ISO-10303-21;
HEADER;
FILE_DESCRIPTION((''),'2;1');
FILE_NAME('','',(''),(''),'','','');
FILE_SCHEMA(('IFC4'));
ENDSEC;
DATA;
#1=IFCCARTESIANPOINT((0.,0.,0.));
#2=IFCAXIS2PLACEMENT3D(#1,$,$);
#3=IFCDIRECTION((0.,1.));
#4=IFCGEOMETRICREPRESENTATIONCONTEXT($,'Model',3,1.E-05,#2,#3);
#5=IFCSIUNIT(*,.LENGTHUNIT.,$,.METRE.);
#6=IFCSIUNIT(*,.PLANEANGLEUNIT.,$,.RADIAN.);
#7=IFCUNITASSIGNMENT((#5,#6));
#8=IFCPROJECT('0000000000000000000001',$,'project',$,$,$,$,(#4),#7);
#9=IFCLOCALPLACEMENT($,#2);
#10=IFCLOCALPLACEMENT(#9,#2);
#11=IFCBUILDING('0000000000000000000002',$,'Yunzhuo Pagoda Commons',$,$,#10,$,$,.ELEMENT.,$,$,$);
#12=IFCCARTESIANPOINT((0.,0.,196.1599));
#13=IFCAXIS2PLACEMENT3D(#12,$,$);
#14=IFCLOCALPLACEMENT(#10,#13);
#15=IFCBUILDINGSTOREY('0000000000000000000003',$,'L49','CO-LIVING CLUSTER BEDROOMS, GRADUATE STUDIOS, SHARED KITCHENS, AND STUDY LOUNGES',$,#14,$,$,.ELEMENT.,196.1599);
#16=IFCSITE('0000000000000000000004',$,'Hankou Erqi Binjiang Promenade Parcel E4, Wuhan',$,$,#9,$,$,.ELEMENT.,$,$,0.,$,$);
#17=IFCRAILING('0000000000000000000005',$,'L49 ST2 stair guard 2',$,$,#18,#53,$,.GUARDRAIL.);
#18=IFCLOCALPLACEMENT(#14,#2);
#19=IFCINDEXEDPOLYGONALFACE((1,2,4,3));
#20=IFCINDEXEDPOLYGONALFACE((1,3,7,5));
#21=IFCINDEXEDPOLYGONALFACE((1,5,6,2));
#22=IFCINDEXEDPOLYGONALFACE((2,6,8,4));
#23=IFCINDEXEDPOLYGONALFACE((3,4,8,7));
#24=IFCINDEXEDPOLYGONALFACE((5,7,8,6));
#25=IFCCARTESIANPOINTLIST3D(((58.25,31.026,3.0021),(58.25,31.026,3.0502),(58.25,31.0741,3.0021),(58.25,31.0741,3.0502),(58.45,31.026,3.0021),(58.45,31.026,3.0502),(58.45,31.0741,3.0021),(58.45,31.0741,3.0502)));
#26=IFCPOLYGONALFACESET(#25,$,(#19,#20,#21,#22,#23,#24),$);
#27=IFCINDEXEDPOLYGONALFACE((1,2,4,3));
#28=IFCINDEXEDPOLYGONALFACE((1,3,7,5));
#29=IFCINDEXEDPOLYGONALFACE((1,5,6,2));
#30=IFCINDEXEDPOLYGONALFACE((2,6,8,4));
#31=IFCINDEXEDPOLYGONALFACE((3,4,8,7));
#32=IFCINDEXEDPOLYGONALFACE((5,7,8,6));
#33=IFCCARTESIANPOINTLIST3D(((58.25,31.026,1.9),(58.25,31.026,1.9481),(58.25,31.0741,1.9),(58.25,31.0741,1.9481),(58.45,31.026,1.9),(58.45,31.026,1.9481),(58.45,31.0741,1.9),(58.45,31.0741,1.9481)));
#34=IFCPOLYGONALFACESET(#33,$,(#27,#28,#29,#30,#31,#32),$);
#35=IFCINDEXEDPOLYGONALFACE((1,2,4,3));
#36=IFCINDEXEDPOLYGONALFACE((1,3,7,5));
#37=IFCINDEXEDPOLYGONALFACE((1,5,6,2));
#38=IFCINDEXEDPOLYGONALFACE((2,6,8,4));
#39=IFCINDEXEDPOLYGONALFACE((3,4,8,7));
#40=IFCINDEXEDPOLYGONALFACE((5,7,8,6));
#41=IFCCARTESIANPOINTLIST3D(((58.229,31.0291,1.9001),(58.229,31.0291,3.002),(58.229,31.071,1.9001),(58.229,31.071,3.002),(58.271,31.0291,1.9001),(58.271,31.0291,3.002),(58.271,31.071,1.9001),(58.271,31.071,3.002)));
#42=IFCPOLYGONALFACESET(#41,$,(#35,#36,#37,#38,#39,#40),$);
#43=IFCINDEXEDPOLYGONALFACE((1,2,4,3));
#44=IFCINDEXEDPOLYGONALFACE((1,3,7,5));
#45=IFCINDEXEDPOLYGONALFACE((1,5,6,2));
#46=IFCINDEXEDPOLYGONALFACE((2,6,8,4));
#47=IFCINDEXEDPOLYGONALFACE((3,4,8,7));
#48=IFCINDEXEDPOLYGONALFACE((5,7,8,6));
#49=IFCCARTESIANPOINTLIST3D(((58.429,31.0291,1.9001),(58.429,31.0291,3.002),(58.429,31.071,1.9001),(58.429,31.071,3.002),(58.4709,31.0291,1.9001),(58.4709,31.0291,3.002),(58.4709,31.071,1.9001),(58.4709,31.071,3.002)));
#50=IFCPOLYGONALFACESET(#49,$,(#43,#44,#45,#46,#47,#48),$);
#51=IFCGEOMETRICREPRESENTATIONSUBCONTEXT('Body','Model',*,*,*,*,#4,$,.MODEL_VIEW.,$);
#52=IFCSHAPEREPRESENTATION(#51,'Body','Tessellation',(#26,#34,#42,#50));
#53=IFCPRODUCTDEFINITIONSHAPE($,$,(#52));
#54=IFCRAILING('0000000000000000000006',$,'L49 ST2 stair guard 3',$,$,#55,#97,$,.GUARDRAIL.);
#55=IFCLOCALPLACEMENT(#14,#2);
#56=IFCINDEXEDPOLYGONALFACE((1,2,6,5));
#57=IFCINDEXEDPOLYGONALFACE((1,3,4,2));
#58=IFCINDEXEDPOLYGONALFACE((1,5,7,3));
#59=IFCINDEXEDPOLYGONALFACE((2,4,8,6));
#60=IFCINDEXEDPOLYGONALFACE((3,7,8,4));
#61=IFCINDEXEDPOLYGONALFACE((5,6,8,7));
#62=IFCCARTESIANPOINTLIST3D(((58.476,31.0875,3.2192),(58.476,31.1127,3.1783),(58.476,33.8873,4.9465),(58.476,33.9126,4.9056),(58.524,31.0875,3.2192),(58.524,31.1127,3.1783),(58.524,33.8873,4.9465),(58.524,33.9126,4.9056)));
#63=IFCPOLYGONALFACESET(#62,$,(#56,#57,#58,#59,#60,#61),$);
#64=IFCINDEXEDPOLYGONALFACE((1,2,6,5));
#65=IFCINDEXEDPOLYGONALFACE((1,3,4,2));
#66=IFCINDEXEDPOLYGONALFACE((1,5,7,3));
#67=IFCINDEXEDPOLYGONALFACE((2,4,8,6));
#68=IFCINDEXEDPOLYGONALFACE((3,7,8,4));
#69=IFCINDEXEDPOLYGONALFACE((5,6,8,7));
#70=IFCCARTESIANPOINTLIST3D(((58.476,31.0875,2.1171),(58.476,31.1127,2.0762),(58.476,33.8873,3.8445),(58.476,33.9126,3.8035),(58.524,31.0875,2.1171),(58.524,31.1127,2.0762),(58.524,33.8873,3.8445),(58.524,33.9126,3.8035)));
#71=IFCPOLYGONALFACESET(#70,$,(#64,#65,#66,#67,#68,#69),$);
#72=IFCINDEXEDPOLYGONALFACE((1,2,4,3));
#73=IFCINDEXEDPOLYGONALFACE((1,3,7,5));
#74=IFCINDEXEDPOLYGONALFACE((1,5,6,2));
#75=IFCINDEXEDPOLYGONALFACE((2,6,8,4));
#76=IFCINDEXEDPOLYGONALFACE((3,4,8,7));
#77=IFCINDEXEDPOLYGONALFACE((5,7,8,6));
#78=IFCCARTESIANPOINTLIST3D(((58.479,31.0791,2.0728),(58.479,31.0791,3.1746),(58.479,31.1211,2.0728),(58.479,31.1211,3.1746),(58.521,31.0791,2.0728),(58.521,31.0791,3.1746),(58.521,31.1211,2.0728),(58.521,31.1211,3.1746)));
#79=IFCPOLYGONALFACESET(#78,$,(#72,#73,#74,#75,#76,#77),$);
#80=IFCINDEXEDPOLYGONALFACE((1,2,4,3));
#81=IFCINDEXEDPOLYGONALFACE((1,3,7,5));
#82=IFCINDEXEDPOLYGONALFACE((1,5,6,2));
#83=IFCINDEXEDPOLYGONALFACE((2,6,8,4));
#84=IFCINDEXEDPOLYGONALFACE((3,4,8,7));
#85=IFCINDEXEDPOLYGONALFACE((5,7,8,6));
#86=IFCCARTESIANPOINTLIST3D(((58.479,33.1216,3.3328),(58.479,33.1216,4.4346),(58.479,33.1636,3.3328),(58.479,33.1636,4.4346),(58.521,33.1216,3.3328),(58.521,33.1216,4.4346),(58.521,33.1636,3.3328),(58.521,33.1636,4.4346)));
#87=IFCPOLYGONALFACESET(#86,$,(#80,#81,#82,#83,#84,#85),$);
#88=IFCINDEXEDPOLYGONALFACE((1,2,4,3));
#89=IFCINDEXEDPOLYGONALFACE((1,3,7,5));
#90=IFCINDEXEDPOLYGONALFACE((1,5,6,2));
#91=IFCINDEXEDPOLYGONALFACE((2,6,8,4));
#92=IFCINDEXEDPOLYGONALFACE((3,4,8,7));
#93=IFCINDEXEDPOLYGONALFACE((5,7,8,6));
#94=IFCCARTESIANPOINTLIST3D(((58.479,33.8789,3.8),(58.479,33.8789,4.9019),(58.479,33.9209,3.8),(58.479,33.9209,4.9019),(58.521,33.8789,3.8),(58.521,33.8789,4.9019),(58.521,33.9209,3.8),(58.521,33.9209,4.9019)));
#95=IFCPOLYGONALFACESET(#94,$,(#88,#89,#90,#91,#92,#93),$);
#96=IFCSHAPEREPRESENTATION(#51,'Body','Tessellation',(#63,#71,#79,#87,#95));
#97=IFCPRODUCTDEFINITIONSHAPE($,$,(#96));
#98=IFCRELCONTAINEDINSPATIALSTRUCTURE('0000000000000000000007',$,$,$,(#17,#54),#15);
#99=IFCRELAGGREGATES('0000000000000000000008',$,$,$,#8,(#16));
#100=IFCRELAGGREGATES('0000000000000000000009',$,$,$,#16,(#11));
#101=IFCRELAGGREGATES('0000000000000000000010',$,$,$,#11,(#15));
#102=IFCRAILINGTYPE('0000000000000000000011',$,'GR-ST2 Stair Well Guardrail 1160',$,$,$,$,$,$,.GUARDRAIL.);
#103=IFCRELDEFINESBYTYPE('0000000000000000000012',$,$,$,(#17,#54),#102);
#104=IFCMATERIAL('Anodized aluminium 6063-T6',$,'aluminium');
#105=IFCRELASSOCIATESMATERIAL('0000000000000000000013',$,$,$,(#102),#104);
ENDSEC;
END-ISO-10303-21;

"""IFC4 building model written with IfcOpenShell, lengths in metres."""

from ifc_helpers import new_model, si_unit, direction, frame, origin, origin_2d, place, context, subcontext, project, spatial, rectangle, extrude, material, type_object, element, save


model = new_model("IFC4")

# Units and contexts
model_context = context("Model", 3, precision=1e-05, world=origin(), true_north=direction((0.0, 1.0)))
body_context = subcontext(model_context, "Body", "Model", "MODEL_VIEW")
ifc_project = project(units=[si_unit("LENGTHUNIT", "METRE"), si_unit("PLANEANGLEUNIT", "RADIAN")], contexts=[model_context])

# Site, building, storey
site_placement = place(None, origin())
site = spatial("IfcSite", under=ifc_project, at=site_placement, Name="Hankou Erqi Binjiang Promenade Parcel E4, Wuhan", CompositionType="ELEMENT", RefElevation=0.0)
building_placement = place(site_placement, origin())
building = spatial("IfcBuilding", under=site, at=building_placement, Name="Yunzhuo Pagoda Commons", CompositionType="ELEMENT")
storey_placement = place(building_placement, frame((0.0, 0.0, 196.1599)))
storey = spatial("IfcBuildingStorey", under=building, at=storey_placement, Name="L49", Description="CO-LIVING CLUSTER BEDROOMS, GRADUATE STUDIOS, SHARED KITCHENS, AND STUDY LOUNGES", CompositionType="ELEMENT", Elevation=196.1599)

# Railings
ifc_material_1 = material(Name="Anodized aluminium 6063-T6", Category="aluminium")
railing_type = type_object("IfcRailingType", Name="GR-ST2 Stair Well Guardrail 1160", PredefinedType="GUARDRAIL", material=ifc_material_1)
railing_1_placement = place(storey_placement, frame((58.25, 31.05, 1.9001)))
element("IfcRailing", 1, at=railing_1_placement, inside=storey, type_object=railing_type, Name="L49 ST2 stair guard 2", PredefinedType="GUARDRAIL", context=body_context, shape_type="SweptSolid", body=[
    extrude(rectangle(XDim=0.0481, YDim=0.0481, at=origin_2d()), frame((0.0, 0.0, 1.126), z_axis=(1.0, 0.0, 0.0), x_axis=(0.0, 1.0, 0.0)), (0.0, 0.0, 1.0), 0.2),
    extrude(rectangle(XDim=0.0481, YDim=0.0481, at=origin_2d()), frame((0.0, 0.0, 0.0239), z_axis=(1.0, 0.0, 0.0), x_axis=(0.0, 1.0, 0.0)), (0.0, 0.0, 1.0), 0.2),
    extrude(rectangle(XDim=0.042, YDim=0.042, at=origin_2d()), origin(), (0.0, 0.0, 1.0), 1.1018),
    extrude(rectangle(XDim=0.042, YDim=0.042, at=origin_2d()), frame((0.2, 0.0, 0.0)), (0.0, 0.0, 1.0), 1.1018),
])
railing_2_placement = place(storey_placement, frame((58.5, 31.1001, 2.0728)))
element("IfcRailing", 2, at=railing_2_placement, inside=storey, type_object=railing_type, Name="L49 ST2 stair guard 3", PredefinedType="GUARDRAIL", context=body_context, shape_type="SweptSolid", body=[
    extrude(rectangle(XDim=0.0481, YDim=0.0481, at=origin_2d()), frame((0.0, 0.0, 1.126), z_axis=(0.0, 0.851069, 0.525054), x_axis=(-1.0, 0.0, 0.0)), (0.0, 0.0, 1.0), 3.2898),
    extrude(rectangle(XDim=0.0481, YDim=0.0481, at=origin_2d()), frame((0.0, 0.0, 0.0239), z_axis=(0.0, 0.851069, 0.525054), x_axis=(-1.0, 0.0, 0.0)), (0.0, 0.0, 1.0), 3.2898),
    extrude(rectangle(XDim=0.042, YDim=0.042, at=origin_2d()), origin(), (0.0, 0.0, 1.0), 1.1018),
    extrude(rectangle(XDim=0.042, YDim=0.042, at=origin_2d()), frame((0.0, 2.0425, 1.26)), (0.0, 0.0, 1.0), 1.1018),
    extrude(rectangle(XDim=0.042, YDim=0.042, at=origin_2d()), frame((0.0, 2.7998, 1.7273)), (0.0, 0.0, 1.0), 1.1018),
])

save(model, "model.ifc")
